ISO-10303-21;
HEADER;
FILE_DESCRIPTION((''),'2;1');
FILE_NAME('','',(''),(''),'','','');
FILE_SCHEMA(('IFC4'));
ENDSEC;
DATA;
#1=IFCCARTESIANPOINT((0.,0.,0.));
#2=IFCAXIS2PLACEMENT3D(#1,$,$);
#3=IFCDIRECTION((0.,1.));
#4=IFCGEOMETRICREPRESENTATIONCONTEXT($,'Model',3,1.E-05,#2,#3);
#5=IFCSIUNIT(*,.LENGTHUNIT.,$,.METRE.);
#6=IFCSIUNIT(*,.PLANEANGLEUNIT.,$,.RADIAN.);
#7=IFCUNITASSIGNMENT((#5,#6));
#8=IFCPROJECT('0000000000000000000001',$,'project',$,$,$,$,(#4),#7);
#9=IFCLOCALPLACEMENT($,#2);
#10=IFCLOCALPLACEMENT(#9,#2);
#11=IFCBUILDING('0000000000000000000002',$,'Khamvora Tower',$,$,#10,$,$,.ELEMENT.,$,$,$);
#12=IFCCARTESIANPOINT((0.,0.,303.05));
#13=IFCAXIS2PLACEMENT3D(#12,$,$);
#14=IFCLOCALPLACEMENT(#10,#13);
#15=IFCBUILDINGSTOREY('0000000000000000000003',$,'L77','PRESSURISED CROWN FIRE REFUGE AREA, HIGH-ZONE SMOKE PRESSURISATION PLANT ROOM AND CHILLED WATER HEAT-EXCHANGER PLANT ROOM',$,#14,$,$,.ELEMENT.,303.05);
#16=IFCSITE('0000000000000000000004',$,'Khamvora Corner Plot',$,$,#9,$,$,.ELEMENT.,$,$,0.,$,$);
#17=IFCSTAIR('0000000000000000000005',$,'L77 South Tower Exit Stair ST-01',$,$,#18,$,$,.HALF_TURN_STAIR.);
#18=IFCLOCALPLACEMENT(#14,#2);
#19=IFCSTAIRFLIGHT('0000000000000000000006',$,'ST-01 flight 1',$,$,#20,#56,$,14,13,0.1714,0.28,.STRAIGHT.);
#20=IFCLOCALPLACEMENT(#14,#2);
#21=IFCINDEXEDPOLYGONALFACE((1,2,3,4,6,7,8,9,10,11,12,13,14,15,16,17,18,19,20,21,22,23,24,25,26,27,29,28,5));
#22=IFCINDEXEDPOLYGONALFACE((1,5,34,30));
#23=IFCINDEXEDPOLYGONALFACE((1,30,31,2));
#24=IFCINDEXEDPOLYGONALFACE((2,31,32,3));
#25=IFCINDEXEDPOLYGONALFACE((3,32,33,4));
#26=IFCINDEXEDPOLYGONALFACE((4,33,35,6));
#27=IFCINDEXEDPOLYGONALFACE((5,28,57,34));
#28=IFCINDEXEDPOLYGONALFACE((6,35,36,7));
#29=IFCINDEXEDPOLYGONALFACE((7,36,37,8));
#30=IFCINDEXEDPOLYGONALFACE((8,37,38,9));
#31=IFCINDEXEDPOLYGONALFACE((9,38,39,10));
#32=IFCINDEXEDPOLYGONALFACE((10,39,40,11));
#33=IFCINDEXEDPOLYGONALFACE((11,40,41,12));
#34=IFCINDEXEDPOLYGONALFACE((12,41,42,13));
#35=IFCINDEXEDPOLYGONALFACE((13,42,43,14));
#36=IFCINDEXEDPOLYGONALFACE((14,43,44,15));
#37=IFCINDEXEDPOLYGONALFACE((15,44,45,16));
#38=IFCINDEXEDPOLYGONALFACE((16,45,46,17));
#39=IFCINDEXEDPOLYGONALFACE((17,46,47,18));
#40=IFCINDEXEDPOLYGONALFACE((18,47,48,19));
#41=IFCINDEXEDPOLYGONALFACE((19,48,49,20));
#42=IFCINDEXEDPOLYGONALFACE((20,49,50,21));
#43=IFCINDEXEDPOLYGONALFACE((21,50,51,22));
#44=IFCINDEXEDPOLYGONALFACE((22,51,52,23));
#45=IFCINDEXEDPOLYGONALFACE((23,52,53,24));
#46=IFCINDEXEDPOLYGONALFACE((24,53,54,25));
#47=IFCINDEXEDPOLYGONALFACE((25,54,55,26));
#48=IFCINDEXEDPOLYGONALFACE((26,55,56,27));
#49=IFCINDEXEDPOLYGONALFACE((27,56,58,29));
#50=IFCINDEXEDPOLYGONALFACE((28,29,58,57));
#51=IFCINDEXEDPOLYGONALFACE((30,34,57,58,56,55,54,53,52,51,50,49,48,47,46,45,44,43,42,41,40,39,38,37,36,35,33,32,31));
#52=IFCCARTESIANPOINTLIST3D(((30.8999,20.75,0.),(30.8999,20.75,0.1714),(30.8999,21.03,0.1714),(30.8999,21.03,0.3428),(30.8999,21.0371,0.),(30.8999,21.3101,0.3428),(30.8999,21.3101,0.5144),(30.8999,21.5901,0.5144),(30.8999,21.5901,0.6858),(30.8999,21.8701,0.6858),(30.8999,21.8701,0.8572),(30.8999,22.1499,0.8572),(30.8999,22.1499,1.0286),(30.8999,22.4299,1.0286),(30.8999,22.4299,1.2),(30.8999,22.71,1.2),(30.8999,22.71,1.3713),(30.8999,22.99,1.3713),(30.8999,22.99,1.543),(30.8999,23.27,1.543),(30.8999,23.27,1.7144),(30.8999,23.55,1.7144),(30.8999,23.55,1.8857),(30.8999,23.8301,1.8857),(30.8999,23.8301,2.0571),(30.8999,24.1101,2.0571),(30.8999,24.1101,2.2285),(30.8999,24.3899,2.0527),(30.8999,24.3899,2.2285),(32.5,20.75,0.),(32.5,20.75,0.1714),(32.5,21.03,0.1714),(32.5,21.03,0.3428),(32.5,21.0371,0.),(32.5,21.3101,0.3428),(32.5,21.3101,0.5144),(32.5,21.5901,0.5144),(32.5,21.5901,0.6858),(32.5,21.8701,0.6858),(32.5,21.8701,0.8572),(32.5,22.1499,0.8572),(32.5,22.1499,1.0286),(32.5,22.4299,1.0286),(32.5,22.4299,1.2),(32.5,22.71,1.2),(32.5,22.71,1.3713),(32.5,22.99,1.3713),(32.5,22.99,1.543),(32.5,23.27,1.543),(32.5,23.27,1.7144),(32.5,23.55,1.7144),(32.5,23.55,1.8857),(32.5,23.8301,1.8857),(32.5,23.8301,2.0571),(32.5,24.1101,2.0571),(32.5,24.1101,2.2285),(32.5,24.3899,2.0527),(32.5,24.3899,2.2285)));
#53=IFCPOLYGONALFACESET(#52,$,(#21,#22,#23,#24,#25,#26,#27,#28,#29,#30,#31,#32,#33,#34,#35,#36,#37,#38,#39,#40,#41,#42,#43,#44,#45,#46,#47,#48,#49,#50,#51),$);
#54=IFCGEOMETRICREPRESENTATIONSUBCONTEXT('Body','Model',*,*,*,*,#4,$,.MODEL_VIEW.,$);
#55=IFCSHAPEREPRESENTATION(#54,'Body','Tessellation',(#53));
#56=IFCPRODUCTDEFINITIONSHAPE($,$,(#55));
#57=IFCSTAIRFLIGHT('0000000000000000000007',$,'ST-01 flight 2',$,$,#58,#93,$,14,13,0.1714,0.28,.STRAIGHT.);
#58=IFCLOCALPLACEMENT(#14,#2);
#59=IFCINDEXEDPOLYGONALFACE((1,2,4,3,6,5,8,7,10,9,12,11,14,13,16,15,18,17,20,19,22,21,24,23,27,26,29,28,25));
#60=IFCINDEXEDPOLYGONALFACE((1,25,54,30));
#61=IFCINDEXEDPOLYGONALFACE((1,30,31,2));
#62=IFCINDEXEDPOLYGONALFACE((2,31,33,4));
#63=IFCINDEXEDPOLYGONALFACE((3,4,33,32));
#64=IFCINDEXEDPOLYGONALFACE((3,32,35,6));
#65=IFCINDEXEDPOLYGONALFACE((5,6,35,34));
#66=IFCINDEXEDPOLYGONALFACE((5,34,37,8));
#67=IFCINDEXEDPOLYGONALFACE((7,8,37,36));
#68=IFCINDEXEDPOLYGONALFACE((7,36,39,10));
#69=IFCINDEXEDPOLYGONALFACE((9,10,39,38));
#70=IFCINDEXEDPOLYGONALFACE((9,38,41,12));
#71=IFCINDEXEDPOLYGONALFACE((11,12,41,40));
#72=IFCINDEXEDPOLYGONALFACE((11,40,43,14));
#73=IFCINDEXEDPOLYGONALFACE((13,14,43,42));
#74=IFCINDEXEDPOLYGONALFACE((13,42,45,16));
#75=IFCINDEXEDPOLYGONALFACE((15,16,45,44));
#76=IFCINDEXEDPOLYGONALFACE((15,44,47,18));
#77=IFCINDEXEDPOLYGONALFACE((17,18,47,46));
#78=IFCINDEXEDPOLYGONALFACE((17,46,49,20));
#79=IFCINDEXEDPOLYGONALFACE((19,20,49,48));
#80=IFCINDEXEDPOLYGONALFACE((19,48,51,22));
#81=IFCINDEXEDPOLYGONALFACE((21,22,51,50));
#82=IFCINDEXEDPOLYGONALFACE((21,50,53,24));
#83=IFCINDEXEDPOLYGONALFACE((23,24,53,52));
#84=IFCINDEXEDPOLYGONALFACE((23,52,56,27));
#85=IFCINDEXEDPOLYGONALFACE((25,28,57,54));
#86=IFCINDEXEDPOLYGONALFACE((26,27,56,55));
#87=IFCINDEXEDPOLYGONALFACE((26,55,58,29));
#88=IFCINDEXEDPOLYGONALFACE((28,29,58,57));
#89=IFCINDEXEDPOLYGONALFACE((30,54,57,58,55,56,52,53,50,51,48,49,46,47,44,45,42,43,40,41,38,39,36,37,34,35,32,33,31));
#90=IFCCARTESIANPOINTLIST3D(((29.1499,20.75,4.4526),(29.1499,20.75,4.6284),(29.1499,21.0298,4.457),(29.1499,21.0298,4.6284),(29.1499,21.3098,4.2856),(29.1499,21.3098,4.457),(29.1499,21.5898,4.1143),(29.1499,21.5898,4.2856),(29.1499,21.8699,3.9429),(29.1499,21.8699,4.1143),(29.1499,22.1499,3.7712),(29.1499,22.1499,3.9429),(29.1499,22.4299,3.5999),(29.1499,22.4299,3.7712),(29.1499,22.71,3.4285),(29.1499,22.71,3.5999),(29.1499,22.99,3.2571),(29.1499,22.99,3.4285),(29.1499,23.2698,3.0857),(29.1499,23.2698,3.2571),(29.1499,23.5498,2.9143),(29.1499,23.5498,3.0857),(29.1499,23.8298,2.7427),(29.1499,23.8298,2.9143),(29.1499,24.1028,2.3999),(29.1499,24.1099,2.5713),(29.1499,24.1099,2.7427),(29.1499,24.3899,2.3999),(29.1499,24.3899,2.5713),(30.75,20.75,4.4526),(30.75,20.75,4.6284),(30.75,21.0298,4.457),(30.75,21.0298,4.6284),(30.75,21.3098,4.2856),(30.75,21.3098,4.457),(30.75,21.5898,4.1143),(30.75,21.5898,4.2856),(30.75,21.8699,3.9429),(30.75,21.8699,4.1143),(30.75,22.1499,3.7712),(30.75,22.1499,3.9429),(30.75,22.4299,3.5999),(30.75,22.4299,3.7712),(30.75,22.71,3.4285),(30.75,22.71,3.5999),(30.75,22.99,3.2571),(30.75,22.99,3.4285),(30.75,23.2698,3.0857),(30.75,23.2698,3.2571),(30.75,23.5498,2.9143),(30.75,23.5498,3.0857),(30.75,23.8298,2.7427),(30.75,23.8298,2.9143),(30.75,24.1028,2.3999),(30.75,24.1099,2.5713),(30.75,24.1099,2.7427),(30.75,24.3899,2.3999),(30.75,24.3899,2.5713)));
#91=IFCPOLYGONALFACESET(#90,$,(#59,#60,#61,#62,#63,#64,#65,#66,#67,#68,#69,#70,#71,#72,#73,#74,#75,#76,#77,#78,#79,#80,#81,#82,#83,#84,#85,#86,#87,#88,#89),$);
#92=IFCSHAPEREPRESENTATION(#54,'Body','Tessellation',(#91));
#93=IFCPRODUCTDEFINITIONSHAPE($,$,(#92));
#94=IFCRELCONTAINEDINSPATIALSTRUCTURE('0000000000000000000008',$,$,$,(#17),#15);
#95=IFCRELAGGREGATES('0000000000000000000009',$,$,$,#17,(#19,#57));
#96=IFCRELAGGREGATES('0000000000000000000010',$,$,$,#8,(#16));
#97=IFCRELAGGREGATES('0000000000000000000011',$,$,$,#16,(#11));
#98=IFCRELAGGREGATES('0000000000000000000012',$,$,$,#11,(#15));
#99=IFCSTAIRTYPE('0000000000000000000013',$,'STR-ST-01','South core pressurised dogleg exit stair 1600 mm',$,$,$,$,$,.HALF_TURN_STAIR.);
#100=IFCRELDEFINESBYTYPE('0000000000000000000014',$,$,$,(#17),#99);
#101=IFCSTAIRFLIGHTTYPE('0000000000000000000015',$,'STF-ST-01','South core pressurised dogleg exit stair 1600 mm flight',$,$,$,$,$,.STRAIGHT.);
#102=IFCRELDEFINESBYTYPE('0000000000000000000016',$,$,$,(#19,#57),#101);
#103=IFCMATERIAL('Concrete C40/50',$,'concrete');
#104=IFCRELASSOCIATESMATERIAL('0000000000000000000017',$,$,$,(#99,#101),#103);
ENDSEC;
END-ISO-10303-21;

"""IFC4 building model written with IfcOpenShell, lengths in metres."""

from ifc_helpers import new_model, si_unit, direction, frame, origin, place, context, subcontext, project, spatial, polyline, outline, extrude, material, type_object, element, aggregate, save


model = new_model("IFC4")

# Units and contexts
model_context = context("Model", 3, precision=1e-05, world=origin(), true_north=direction((0.0, 1.0)))
body_context = subcontext(model_context, "Body", "Model", "MODEL_VIEW")
ifc_project = project(units=[si_unit("LENGTHUNIT", "METRE"), si_unit("PLANEANGLEUNIT", "RADIAN")], contexts=[model_context])

# Site, building, storey
site_placement = place(None, origin())
site = spatial("IfcSite", under=ifc_project, at=site_placement, Name="Khamvora Corner Plot", CompositionType="ELEMENT", RefElevation=0.0)
building_placement = place(site_placement, origin())
building = spatial("IfcBuilding", under=site, at=building_placement, Name="Khamvora Tower", CompositionType="ELEMENT")
storey_placement = place(building_placement, frame((0.0, 0.0, 303.05)))
storey = spatial("IfcBuildingStorey", under=building, at=storey_placement, Name="L77", Description="PRESSURISED CROWN FIRE REFUGE AREA, HIGH-ZONE SMOKE PRESSURISATION PLANT ROOM AND CHILLED WATER HEAT-EXCHANGER PLANT ROOM", CompositionType="ELEMENT", Elevation=303.05)

# Stair, stair flights
ifc_material_1 = material(Name="Concrete C40/50", Category="concrete")
stair_type = type_object("IfcStairType", Name="STR-ST-01", Description="South core pressurised dogleg exit stair 1600 mm", PredefinedType="HALF_TURN_STAIR", material=ifc_material_1)
stair_placement = place(storey_placement, origin())
stair = element("IfcStair", 1, at=stair_placement, inside=storey, type_object=stair_type, Name="L77 South Tower Exit Stair ST-01", PredefinedType="HALF_TURN_STAIR")
stair_flight_type = type_object("IfcStairFlightType", Name="STF-ST-01", Description="South core pressurised dogleg exit stair 1600 mm flight", PredefinedType="STRAIGHT", material=ifc_material_1)
stair_flight_1_placement = place(storey_placement, frame((31.7, 20.75, 0.0), z_axis=(0.0, 0.0, 1.0), x_axis=(0.0, 1.0, 0.0)))
stair_flight_1 = element("IfcStairFlight", 2, at=stair_flight_1_placement, type_object=stair_flight_type, Name="ST-01 flight 1", NumberOfRisers=14, NumberOfTreads=13, PredefinedType="STRAIGHT", RiserHeight=0.1714, TreadLength=0.28, context=body_context, shape_type="SweptSolid", body=[
    extrude(outline(polyline([(0.0, 0.0), (0.0, 0.1714), (0.28, 0.1714), (0.28, 0.3428), (0.5601, 0.3428), (0.5601, 0.5144), (0.8401, 0.5144), (0.8401, 0.6858), (1.1201, 0.6858), (1.1201, 0.8572), (1.3999, 0.8572), (1.3999, 1.0286), (1.6799, 1.0286), (1.6799, 1.2), (1.96, 1.2), (1.96, 1.3713), (2.24, 1.3713), (2.24, 1.543), (2.52, 1.543), (2.52, 1.7144), (2.8, 1.7144), (2.8, 1.8857), (3.0801, 1.8857), (3.0801, 2.0571), (3.3601, 2.0571), (3.3601, 2.2285), (3.6399, 2.2285), (3.6399, 2.3999), (3.6399, 2.0527), (0.2871, 0.0), (0.0, 0.0)])), frame((0.0, 0.8, 0.0), z_axis=(0.0, -1.0, 0.0), x_axis=(1.0, 0.0, 0.0)), (0.0, 0.0, 1.0), 1.6001),
])
stair_flight_2_placement = place(storey_placement, frame((29.95, 24.3899, 2.3999), z_axis=(0.0, 0.0, 1.0), x_axis=(0.0, -1.0, 0.0)))
stair_flight_2 = element("IfcStairFlight", 3, at=stair_flight_2_placement, type_object=stair_flight_type, Name="ST-01 flight 2", NumberOfRisers=14, NumberOfTreads=13, PredefinedType="STRAIGHT", RiserHeight=0.1714, TreadLength=0.28, context=body_context, shape_type="SweptSolid", body=[
    extrude(outline(polyline([(0.0, 0.0), (0.0, 0.1714), (0.28, 0.1714), (0.28, 0.3428), (0.5601, 0.3428), (0.5601, 0.5144), (0.8401, 0.5144), (0.8401, 0.6858), (1.1201, 0.6858), (1.1201, 0.8572), (1.3999, 0.8572), (1.3999, 1.0286), (1.6799, 1.0286), (1.6799, 1.2), (1.96, 1.2), (1.96, 1.3713), (2.24, 1.3713), (2.24, 1.543), (2.52, 1.543), (2.52, 1.7144), (2.8, 1.7144), (2.8, 1.8857), (3.0801, 1.8857), (3.0801, 2.0571), (3.3601, 2.0571), (3.3601, 2.2285), (3.6399, 2.2285), (3.6399, 2.3999), (3.6399, 2.0527), (0.2871, 0.0), (0.0, 0.0)])), frame((0.0, 0.8, 0.0), z_axis=(0.0, -1.0, 0.0), x_axis=(1.0, 0.0, 0.0)), (0.0, 0.0, 1.0), 1.6001),
])
aggregate(stair, [stair_flight_1, stair_flight_2])

save(model, "model.ifc")
